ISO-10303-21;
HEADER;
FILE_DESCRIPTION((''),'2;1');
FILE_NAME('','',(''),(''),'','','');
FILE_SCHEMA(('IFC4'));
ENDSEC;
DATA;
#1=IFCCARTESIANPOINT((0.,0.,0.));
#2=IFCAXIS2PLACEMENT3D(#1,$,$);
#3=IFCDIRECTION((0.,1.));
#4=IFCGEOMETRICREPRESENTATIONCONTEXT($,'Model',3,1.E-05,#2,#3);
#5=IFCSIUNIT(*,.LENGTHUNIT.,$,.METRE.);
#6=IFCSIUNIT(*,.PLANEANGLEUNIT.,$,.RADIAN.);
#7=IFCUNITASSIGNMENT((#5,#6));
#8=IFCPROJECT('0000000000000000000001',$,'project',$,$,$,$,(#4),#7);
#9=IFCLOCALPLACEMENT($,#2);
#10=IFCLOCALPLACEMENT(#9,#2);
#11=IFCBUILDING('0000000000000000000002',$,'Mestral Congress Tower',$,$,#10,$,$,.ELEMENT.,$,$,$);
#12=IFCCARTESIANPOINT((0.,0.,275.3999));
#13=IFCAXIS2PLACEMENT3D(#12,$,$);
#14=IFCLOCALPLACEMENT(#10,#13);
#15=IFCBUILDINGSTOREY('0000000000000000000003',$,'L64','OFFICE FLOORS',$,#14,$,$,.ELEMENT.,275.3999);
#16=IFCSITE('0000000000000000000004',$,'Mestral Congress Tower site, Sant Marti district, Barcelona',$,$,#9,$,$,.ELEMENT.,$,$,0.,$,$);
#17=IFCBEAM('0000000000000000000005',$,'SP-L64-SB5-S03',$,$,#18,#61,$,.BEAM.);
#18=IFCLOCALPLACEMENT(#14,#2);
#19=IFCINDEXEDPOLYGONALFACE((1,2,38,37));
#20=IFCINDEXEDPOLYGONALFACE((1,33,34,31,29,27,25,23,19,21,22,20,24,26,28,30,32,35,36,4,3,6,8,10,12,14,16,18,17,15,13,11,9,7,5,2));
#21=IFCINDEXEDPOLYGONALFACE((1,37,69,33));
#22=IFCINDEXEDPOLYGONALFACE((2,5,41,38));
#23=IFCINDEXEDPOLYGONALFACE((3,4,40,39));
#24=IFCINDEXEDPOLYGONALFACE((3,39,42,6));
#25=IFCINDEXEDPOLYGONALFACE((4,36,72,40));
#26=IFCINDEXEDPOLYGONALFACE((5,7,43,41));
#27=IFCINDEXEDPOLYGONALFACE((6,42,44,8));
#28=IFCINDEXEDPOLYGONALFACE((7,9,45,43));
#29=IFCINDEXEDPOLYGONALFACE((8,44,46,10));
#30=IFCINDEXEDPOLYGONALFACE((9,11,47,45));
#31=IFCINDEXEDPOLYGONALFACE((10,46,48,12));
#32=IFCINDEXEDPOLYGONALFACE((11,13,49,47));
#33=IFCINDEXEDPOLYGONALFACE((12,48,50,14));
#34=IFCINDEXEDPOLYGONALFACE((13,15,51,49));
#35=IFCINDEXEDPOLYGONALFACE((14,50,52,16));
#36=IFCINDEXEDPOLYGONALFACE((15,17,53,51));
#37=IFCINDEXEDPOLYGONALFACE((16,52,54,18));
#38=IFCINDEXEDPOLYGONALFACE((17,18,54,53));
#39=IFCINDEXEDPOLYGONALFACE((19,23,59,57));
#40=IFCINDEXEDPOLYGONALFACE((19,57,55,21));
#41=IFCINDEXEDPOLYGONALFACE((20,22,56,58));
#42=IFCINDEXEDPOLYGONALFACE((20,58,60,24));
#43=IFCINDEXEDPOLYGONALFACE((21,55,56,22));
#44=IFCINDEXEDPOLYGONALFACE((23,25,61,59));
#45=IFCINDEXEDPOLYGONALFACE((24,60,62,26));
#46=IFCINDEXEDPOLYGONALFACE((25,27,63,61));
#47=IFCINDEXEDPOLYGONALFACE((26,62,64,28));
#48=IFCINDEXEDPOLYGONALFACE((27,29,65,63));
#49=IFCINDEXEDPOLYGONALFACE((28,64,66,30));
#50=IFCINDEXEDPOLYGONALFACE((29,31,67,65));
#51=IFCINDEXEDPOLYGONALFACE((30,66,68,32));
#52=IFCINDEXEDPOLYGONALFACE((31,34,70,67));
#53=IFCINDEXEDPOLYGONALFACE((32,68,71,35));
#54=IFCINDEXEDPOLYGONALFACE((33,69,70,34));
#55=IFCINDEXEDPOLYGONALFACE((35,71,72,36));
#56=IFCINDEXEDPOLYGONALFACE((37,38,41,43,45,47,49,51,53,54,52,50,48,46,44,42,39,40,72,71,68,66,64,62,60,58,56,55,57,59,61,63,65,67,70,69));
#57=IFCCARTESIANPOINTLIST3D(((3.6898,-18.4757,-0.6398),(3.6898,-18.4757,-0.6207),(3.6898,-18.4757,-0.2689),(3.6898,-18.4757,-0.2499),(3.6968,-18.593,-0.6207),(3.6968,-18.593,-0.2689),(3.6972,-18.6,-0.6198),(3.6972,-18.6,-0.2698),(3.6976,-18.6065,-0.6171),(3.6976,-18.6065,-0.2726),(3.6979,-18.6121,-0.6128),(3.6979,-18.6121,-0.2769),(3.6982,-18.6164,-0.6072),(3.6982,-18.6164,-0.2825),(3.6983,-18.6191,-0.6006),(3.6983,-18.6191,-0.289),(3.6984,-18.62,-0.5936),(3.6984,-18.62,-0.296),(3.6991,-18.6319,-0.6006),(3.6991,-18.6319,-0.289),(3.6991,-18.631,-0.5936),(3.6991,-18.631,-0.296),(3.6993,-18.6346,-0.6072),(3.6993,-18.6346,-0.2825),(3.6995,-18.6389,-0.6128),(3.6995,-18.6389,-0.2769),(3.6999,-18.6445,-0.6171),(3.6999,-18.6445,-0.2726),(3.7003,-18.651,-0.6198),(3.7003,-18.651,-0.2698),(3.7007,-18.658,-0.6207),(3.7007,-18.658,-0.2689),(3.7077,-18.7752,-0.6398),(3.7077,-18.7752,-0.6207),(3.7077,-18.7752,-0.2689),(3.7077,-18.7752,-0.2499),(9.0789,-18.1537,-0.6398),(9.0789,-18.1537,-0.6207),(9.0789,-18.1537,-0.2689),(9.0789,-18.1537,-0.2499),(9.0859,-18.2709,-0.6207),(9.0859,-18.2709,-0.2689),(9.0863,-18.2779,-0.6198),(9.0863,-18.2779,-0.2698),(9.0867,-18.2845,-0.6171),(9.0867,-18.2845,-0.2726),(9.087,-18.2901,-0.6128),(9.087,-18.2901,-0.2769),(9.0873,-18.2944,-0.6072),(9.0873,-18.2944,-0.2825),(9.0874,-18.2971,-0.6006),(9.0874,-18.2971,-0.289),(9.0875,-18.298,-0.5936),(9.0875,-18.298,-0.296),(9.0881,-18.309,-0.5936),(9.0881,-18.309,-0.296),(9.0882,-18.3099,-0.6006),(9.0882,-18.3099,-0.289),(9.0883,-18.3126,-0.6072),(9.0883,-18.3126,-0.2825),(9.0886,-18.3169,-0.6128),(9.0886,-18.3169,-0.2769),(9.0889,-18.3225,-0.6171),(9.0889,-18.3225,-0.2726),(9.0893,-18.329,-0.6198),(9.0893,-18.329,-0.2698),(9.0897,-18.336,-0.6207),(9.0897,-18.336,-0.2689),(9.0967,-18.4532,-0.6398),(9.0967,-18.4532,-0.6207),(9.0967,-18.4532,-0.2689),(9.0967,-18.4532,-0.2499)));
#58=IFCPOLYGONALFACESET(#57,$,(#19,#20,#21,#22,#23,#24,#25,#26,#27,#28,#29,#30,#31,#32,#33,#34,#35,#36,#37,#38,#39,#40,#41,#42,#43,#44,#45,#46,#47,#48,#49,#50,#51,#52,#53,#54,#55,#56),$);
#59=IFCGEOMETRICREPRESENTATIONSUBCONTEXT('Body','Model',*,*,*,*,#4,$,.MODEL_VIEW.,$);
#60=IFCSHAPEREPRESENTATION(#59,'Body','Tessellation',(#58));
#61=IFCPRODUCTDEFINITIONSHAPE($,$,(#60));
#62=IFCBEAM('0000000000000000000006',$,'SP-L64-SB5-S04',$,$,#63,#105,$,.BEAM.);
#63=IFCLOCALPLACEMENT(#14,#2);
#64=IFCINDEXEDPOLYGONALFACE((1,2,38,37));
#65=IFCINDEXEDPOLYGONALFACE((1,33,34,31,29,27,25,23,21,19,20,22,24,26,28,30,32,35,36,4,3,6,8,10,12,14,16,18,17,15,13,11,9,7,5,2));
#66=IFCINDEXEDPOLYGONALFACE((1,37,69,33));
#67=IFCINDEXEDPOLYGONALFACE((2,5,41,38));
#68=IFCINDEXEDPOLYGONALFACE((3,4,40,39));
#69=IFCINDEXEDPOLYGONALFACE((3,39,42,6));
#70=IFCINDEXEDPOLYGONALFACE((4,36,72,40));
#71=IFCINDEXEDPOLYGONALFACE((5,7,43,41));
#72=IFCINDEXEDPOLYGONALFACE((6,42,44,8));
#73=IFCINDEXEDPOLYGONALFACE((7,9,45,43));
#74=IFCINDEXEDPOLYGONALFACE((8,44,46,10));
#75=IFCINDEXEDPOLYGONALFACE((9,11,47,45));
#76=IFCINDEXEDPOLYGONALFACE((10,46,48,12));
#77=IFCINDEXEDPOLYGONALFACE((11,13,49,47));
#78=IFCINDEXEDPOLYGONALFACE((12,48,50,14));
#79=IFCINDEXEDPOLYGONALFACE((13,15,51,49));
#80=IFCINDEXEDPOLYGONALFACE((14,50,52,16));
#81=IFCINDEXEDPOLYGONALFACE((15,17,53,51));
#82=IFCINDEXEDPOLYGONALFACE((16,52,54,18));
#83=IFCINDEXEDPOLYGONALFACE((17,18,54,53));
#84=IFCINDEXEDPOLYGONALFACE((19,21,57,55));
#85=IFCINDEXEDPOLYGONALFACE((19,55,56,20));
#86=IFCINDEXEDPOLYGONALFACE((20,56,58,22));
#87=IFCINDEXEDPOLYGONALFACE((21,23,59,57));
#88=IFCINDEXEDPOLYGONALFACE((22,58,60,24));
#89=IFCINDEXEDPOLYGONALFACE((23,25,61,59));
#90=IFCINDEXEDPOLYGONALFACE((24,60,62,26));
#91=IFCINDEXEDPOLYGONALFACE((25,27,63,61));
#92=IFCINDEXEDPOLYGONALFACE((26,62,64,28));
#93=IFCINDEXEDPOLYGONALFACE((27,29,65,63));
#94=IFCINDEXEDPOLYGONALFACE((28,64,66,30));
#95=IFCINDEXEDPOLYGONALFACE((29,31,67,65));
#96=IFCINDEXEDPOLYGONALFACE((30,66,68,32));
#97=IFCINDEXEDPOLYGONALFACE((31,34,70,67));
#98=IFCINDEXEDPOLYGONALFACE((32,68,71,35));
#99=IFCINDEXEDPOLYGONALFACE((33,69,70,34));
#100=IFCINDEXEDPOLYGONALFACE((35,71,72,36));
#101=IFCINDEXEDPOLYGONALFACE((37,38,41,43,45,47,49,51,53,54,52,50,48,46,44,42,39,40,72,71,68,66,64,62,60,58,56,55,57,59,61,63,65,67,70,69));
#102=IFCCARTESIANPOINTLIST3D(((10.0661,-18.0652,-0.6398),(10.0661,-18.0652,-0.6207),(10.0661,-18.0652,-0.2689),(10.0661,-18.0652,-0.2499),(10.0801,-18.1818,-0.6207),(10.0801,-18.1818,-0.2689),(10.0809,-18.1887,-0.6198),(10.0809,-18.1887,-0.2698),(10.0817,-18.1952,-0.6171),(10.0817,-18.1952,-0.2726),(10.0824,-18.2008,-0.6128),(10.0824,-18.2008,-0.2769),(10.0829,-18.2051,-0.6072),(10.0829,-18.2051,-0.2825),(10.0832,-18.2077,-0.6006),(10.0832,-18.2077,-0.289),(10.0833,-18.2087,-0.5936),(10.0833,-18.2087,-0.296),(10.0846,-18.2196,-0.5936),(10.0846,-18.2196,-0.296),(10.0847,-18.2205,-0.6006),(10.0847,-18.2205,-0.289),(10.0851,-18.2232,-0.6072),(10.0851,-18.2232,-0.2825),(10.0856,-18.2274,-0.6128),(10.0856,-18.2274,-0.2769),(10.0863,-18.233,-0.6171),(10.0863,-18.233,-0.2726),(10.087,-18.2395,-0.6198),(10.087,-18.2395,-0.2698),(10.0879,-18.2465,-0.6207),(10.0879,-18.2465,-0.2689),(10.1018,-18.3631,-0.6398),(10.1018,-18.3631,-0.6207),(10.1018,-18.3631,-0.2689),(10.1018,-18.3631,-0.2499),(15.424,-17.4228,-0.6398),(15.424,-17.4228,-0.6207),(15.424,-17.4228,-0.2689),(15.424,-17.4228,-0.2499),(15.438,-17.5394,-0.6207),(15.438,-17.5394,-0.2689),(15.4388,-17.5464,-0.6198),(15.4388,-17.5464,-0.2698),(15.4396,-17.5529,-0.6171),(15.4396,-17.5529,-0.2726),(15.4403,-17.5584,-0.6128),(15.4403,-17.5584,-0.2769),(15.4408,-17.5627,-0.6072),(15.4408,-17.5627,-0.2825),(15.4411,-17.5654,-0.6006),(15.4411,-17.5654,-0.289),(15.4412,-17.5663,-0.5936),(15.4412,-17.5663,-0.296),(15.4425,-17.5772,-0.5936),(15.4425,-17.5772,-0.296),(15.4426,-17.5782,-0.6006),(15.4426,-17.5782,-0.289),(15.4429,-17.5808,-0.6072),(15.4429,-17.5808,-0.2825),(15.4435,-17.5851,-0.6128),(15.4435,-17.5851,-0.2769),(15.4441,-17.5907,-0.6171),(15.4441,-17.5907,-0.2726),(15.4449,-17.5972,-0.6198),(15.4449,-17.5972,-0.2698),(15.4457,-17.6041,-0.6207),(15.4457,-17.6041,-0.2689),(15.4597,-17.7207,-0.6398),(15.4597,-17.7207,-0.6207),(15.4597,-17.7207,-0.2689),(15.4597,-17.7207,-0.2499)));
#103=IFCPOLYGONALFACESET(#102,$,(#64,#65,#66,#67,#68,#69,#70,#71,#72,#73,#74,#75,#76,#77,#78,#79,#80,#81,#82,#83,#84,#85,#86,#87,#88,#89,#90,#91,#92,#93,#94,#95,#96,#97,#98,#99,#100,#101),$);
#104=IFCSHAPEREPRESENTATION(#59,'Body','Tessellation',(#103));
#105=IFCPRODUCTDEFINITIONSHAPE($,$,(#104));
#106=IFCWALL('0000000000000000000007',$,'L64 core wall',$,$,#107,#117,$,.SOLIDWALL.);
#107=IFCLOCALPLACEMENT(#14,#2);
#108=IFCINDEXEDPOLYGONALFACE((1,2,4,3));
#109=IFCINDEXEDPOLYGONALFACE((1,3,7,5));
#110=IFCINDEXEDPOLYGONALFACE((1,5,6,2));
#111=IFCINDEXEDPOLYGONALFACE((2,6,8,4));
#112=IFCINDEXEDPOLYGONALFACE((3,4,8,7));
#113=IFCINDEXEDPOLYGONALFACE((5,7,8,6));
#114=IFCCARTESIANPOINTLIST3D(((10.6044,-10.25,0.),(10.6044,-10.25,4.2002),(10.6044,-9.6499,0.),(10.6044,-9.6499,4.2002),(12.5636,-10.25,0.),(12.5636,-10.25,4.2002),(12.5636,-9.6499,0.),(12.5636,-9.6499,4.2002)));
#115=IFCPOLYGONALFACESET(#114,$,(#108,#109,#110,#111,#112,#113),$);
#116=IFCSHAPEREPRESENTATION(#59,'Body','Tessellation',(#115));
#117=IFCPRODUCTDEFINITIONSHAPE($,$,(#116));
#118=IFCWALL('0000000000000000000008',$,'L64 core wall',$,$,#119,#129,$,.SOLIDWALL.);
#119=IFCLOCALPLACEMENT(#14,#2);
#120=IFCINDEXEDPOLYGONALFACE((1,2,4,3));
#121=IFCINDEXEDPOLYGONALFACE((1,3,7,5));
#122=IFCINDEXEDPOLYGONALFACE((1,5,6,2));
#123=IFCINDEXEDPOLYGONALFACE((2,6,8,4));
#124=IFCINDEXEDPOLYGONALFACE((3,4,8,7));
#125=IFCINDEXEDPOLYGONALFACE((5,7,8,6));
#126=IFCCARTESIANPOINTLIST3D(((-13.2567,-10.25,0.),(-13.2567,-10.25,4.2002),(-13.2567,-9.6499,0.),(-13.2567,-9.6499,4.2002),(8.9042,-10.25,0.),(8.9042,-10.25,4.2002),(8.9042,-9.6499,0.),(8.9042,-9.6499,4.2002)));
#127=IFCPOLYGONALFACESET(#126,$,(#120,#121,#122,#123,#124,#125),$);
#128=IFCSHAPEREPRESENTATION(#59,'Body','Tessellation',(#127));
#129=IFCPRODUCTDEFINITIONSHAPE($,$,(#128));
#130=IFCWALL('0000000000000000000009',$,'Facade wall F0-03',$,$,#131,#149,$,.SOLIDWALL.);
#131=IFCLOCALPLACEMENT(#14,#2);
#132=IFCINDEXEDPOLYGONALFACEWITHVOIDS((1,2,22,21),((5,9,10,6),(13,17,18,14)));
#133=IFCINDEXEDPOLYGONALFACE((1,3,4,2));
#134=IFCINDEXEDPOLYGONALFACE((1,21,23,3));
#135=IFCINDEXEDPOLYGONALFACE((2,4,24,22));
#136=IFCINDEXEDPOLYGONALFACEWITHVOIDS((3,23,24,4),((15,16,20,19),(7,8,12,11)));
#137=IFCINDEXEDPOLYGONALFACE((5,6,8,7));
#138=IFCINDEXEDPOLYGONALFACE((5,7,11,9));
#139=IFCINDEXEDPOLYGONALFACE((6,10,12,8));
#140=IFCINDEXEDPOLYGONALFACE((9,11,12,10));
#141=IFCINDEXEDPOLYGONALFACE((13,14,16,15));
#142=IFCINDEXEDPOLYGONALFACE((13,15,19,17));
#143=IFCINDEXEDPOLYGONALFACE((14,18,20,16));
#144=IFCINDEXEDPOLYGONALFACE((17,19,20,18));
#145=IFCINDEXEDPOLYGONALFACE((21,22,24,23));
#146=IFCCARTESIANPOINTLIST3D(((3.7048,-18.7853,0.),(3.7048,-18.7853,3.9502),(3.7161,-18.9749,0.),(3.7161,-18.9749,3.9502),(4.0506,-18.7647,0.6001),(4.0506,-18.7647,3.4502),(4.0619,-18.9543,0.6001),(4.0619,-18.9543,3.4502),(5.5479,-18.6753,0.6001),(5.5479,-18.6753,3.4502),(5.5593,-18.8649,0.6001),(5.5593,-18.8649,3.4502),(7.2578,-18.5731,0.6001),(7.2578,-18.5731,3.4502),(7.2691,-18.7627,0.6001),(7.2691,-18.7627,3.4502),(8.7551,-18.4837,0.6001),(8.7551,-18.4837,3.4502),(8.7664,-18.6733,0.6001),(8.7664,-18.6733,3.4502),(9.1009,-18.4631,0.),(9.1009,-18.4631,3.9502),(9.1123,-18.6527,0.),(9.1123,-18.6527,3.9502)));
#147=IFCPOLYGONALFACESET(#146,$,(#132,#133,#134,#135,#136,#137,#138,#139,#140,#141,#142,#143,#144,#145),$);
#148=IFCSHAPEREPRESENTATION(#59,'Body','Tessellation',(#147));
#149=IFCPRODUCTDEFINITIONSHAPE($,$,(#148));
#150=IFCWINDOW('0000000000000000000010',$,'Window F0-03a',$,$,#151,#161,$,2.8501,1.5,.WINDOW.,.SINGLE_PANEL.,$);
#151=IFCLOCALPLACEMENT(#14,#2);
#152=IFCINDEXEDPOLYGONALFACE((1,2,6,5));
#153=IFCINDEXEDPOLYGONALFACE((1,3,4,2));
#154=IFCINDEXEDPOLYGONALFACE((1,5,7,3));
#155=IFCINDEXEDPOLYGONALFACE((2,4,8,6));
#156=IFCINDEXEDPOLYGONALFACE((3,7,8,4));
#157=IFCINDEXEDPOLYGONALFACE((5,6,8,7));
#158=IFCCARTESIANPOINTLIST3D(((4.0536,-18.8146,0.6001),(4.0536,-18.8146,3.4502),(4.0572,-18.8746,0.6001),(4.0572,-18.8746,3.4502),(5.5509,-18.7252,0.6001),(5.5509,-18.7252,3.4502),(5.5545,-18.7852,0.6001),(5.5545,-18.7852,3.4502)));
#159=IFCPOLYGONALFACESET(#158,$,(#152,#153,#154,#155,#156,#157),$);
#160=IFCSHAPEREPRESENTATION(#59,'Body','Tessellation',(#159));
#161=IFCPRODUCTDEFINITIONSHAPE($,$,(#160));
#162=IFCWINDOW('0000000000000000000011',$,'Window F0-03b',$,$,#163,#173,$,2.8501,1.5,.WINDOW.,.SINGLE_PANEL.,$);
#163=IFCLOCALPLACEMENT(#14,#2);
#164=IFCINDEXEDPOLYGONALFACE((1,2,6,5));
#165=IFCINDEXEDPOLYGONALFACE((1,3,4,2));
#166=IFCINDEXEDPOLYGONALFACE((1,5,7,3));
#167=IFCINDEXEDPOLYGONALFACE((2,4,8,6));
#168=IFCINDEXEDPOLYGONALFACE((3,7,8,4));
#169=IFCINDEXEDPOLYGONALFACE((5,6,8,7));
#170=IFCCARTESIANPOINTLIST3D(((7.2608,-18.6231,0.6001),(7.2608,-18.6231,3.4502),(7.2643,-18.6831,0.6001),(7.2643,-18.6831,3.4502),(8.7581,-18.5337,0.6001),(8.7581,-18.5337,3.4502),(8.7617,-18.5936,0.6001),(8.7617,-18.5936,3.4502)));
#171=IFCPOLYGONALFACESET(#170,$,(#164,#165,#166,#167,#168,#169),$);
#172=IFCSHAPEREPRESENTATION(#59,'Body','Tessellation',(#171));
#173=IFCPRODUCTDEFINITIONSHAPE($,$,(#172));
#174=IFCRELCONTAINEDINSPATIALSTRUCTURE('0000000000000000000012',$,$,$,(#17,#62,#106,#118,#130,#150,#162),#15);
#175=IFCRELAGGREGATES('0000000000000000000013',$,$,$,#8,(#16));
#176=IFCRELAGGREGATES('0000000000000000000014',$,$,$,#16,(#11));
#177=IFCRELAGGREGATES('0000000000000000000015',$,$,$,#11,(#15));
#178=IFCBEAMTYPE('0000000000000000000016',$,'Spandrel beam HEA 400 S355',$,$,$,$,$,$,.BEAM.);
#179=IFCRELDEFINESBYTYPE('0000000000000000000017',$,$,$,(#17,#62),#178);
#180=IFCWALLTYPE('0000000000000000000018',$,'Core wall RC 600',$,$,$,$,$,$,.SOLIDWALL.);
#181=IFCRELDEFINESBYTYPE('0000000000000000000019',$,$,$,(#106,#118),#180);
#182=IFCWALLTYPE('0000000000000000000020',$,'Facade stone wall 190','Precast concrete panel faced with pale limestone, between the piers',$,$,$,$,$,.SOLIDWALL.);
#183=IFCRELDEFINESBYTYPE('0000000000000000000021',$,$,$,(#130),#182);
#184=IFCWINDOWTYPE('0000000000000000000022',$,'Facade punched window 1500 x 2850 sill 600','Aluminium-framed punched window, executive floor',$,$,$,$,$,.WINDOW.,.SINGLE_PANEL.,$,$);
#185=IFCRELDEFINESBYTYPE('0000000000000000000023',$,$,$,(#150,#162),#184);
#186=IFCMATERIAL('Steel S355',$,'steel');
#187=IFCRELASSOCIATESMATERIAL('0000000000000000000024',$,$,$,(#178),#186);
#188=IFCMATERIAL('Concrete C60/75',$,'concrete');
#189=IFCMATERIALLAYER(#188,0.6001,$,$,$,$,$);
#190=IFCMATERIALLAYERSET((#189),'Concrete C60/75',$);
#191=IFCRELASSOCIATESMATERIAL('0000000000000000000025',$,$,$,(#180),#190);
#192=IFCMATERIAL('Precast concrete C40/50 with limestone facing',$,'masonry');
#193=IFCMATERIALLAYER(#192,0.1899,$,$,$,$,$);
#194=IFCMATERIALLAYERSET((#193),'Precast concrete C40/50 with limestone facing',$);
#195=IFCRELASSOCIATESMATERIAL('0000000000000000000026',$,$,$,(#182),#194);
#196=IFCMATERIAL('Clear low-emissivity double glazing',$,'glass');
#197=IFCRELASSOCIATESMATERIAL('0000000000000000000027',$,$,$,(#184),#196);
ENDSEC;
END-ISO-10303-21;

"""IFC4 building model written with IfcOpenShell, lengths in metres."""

from ifc_helpers import new_model, si_unit, direction, frame, frame_2d, origin, origin_2d, place, context, subcontext, project, spatial, rectangle, i_section, extrude, material, layer, layer_set, material_profile, profile_set, type_object, element, fill, save


model = new_model("IFC4")

# Units and contexts
model_context = context("Model", 3, precision=1e-05, world=origin(), true_north=direction((0.0, 1.0)))
body_context = subcontext(model_context, "Body", "Model", "MODEL_VIEW")
ifc_project = project(units=[si_unit("LENGTHUNIT", "METRE"), si_unit("PLANEANGLEUNIT", "RADIAN")], contexts=[model_context])

# Site, building, storey
site_placement = place(None, origin())
site = spatial("IfcSite", under=ifc_project, at=site_placement, Name="Mestral Congress Tower site, Sant Marti district, Barcelona", CompositionType="ELEMENT", RefElevation=0.0)
building_placement = place(site_placement, origin())
building = spatial("IfcBuilding", under=site, at=building_placement, Name="Mestral Congress Tower", CompositionType="ELEMENT")
storey_placement = place(building_placement, frame((0.0, 0.0, 275.3999)))
storey = spatial("IfcBuildingStorey", under=building, at=storey_placement, Name="L64", Description="OFFICE FLOORS", CompositionType="ELEMENT", Elevation=275.3999)

# Shared definitions
ifc_material_1 = material(Name="Concrete C60/75", Category="concrete")

# Beams
ifc_material_2 = material(Name="Steel S355", Category="steel")
ifc_material_profile_1 = material_profile(ifc_material_2, i_section(OverallWidth=0.3, OverallDepth=0.3899, WebThickness=0.011, FlangeThickness=0.019, FilletRadius=0.0271, at=origin_2d()), Name="HEA 400")
ifc_profile_set_1 = profile_set([ifc_material_profile_1], Name="Steel S355")
beam_type_1 = type_object("IfcBeamType", Name="Spandrel beam HEA 400 S355", PredefinedType="BEAM", material=ifc_profile_set_1)
beam_1_placement = place(storey_placement, frame((3.6987, -18.6255, -0.4448), z_axis=(0.99822, 0.059647, 0.0), x_axis=(-0.059647, 0.99822, 0.0)))
element("IfcBeam", 1, at=beam_1_placement, inside=storey, type_object=beam_type_1, Name="SP-L64-SB5-S03", PredefinedType="BEAM", context=body_context, shape_type="SweptSolid", body=[
    extrude(i_section(OverallWidth=0.3, OverallDepth=0.3899, WebThickness=0.011, FlangeThickness=0.019, FilletRadius=0.0271, at=origin_2d()), origin(), (0.0, 0.0, 1.0), 5.3987),
])
beam_2_placement = place(storey_placement, frame((10.084, -18.2141, -0.4448), z_axis=(0.99289, 0.119033, 0.0), x_axis=(-0.119033, 0.99289, 0.0)))
element("IfcBeam", 2, at=beam_2_placement, inside=storey, type_object=beam_type_1, Name="SP-L64-SB5-S04", PredefinedType="BEAM", context=body_context, shape_type="SweptSolid", body=[
    extrude(i_section(OverallWidth=0.3, OverallDepth=0.3899, WebThickness=0.011, FlangeThickness=0.019, FilletRadius=0.0271, at=origin_2d()), origin(), (0.0, 0.0, 1.0), 5.3962),
])

# Walls
ifc_layer_1 = layer(ifc_material_1, 0.6001)
ifc_layer_set_1 = layer_set([ifc_layer_1], Name="Concrete C60/75")
wall_type_1 = type_object("IfcWallType", Name="Core wall RC 600", PredefinedType="SOLIDWALL", material=ifc_layer_set_1)
wall_1_placement = place(storey_placement, frame((10.6045, -9.95, 0.0), z_axis=(0.0, 0.0, 1.0), x_axis=(1.0, 0.0, 0.0)))
element("IfcWall", 3, at=wall_1_placement, inside=storey, type_object=wall_type_1, Name="L64 core wall", PredefinedType="SOLIDWALL", context=body_context, shape_type="SweptSolid", body=[
    extrude(rectangle(XDim=1.9592, YDim=0.6001, at=frame_2d((0.9795, 0.0))), origin(), (0.0, 0.0, 1.0), 4.2002),
])
wall_2_placement = place(storey_placement, frame((8.9043, -9.95, 0.0), z_axis=(0.0, 0.0, 1.0), x_axis=(-1.0, 0.0, 0.0)))
element("IfcWall", 4, at=wall_2_placement, inside=storey, type_object=wall_type_1, Name="L64 core wall", PredefinedType="SOLIDWALL", context=body_context, shape_type="SweptSolid", body=[
    extrude(rectangle(XDim=22.1609, YDim=0.6001, at=frame_2d((11.0806, 0.0))), origin(), (0.0, 0.0, 1.0), 4.2002),
])

# Wall, openings, windows
ifc_material_3 = material(Name="Precast concrete C40/50 with limestone facing", Category="masonry")
ifc_layer_2 = layer(ifc_material_3, 0.1899)
ifc_layer_set_2 = layer_set([ifc_layer_2], Name="Precast concrete C40/50 with limestone facing")
wall_type_2 = type_object("IfcWallType", Name="Facade stone wall 190", Description="Precast concrete panel faced with pale limestone, between the piers", PredefinedType="SOLIDWALL", material=ifc_layer_set_2)
wall_3_placement = place(storey_placement, frame((3.7104, -18.8801, 0.0), z_axis=(0.0, 0.0, 1.0), x_axis=(0.998221, 0.059614, 0.0)))
wall_3 = element("IfcWall", 5, at=wall_3_placement, inside=storey, type_object=wall_type_2, Name="Facade wall F0-03", PredefinedType="SOLIDWALL", context=body_context, shape_type="SweptSolid", body=[
    extrude(rectangle(XDim=5.4058, YDim=0.1899, at=frame_2d((2.7029, 0.0))), origin(), (0.0, 0.0, 1.0), 3.9502),
])
opening_1_placement = place(wall_3_placement, frame((0.3464, 0.0, 0.6001)))
opening_1 = element("IfcOpeningElement", 6, at=opening_1_placement, cuts=wall_3, PredefinedType="OPENING", context=body_context, shape_type="SweptSolid", body=[
    extrude(rectangle(XDim=1.5, YDim=2.8501, at=frame_2d((0.75, 1.425))), frame((0.0, 0.105, 0.0), z_axis=(0.0, -1.0, 0.0), x_axis=(1.0, 0.0, 0.0)), (0.0, 0.0, 1.0), 0.21),
])
opening_2_placement = place(wall_3_placement, frame((3.5593, 0.0, 0.6001)))
opening_2 = element("IfcOpeningElement", 7, at=opening_2_placement, cuts=wall_3, PredefinedType="OPENING", context=body_context, shape_type="SweptSolid", body=[
    extrude(rectangle(XDim=1.5, YDim=2.8501, at=frame_2d((0.75, 1.425))), frame((0.0, 0.105, 0.0), z_axis=(0.0, -1.0, 0.0), x_axis=(1.0, 0.0, 0.0)), (0.0, 0.0, 1.0), 0.21),
])
ifc_material_4 = material(Name="Clear low-emissivity double glazing", Category="glass")
window_type = type_object("IfcWindowType", Name="Facade punched window 1500 x 2850 sill 600", Description="Aluminium-framed punched window, executive floor", PartitioningType="SINGLE_PANEL", PredefinedType="WINDOW", material=ifc_material_4)
window_1_placement = place(opening_1_placement, origin())
window_1 = element("IfcWindow", 8, at=window_1_placement, inside=storey, type_object=window_type, Name="Window F0-03a", OverallHeight=2.8501, OverallWidth=1.5, PartitioningType="SINGLE_PANEL", PredefinedType="WINDOW", context=body_context, shape_type="SweptSolid", body=[
    extrude(rectangle(XDim=1.5, YDim=2.8501, at=frame_2d((0.75, 1.425))), frame((0.0, 0.0449, 0.0), z_axis=(0.0, -1.0, 0.0), x_axis=(1.0, 0.0, 0.0)), (0.0, 0.0, 1.0), 0.0601),
])
fill(opening_1, window_1)
window_2_placement = place(opening_2_placement, origin())
window_2 = element("IfcWindow", 9, at=window_2_placement, inside=storey, type_object=window_type, Name="Window F0-03b", OverallHeight=2.8501, OverallWidth=1.5, PartitioningType="SINGLE_PANEL", PredefinedType="WINDOW", context=body_context, shape_type="SweptSolid", body=[
    extrude(rectangle(XDim=1.5, YDim=2.8501, at=frame_2d((0.75, 1.425))), frame((0.0, 0.0449, 0.0), z_axis=(0.0, -1.0, 0.0), x_axis=(1.0, 0.0, 0.0)), (0.0, 0.0, 1.0), 0.0601),
])
fill(opening_2, window_2)

save(model, "model.ifc")
